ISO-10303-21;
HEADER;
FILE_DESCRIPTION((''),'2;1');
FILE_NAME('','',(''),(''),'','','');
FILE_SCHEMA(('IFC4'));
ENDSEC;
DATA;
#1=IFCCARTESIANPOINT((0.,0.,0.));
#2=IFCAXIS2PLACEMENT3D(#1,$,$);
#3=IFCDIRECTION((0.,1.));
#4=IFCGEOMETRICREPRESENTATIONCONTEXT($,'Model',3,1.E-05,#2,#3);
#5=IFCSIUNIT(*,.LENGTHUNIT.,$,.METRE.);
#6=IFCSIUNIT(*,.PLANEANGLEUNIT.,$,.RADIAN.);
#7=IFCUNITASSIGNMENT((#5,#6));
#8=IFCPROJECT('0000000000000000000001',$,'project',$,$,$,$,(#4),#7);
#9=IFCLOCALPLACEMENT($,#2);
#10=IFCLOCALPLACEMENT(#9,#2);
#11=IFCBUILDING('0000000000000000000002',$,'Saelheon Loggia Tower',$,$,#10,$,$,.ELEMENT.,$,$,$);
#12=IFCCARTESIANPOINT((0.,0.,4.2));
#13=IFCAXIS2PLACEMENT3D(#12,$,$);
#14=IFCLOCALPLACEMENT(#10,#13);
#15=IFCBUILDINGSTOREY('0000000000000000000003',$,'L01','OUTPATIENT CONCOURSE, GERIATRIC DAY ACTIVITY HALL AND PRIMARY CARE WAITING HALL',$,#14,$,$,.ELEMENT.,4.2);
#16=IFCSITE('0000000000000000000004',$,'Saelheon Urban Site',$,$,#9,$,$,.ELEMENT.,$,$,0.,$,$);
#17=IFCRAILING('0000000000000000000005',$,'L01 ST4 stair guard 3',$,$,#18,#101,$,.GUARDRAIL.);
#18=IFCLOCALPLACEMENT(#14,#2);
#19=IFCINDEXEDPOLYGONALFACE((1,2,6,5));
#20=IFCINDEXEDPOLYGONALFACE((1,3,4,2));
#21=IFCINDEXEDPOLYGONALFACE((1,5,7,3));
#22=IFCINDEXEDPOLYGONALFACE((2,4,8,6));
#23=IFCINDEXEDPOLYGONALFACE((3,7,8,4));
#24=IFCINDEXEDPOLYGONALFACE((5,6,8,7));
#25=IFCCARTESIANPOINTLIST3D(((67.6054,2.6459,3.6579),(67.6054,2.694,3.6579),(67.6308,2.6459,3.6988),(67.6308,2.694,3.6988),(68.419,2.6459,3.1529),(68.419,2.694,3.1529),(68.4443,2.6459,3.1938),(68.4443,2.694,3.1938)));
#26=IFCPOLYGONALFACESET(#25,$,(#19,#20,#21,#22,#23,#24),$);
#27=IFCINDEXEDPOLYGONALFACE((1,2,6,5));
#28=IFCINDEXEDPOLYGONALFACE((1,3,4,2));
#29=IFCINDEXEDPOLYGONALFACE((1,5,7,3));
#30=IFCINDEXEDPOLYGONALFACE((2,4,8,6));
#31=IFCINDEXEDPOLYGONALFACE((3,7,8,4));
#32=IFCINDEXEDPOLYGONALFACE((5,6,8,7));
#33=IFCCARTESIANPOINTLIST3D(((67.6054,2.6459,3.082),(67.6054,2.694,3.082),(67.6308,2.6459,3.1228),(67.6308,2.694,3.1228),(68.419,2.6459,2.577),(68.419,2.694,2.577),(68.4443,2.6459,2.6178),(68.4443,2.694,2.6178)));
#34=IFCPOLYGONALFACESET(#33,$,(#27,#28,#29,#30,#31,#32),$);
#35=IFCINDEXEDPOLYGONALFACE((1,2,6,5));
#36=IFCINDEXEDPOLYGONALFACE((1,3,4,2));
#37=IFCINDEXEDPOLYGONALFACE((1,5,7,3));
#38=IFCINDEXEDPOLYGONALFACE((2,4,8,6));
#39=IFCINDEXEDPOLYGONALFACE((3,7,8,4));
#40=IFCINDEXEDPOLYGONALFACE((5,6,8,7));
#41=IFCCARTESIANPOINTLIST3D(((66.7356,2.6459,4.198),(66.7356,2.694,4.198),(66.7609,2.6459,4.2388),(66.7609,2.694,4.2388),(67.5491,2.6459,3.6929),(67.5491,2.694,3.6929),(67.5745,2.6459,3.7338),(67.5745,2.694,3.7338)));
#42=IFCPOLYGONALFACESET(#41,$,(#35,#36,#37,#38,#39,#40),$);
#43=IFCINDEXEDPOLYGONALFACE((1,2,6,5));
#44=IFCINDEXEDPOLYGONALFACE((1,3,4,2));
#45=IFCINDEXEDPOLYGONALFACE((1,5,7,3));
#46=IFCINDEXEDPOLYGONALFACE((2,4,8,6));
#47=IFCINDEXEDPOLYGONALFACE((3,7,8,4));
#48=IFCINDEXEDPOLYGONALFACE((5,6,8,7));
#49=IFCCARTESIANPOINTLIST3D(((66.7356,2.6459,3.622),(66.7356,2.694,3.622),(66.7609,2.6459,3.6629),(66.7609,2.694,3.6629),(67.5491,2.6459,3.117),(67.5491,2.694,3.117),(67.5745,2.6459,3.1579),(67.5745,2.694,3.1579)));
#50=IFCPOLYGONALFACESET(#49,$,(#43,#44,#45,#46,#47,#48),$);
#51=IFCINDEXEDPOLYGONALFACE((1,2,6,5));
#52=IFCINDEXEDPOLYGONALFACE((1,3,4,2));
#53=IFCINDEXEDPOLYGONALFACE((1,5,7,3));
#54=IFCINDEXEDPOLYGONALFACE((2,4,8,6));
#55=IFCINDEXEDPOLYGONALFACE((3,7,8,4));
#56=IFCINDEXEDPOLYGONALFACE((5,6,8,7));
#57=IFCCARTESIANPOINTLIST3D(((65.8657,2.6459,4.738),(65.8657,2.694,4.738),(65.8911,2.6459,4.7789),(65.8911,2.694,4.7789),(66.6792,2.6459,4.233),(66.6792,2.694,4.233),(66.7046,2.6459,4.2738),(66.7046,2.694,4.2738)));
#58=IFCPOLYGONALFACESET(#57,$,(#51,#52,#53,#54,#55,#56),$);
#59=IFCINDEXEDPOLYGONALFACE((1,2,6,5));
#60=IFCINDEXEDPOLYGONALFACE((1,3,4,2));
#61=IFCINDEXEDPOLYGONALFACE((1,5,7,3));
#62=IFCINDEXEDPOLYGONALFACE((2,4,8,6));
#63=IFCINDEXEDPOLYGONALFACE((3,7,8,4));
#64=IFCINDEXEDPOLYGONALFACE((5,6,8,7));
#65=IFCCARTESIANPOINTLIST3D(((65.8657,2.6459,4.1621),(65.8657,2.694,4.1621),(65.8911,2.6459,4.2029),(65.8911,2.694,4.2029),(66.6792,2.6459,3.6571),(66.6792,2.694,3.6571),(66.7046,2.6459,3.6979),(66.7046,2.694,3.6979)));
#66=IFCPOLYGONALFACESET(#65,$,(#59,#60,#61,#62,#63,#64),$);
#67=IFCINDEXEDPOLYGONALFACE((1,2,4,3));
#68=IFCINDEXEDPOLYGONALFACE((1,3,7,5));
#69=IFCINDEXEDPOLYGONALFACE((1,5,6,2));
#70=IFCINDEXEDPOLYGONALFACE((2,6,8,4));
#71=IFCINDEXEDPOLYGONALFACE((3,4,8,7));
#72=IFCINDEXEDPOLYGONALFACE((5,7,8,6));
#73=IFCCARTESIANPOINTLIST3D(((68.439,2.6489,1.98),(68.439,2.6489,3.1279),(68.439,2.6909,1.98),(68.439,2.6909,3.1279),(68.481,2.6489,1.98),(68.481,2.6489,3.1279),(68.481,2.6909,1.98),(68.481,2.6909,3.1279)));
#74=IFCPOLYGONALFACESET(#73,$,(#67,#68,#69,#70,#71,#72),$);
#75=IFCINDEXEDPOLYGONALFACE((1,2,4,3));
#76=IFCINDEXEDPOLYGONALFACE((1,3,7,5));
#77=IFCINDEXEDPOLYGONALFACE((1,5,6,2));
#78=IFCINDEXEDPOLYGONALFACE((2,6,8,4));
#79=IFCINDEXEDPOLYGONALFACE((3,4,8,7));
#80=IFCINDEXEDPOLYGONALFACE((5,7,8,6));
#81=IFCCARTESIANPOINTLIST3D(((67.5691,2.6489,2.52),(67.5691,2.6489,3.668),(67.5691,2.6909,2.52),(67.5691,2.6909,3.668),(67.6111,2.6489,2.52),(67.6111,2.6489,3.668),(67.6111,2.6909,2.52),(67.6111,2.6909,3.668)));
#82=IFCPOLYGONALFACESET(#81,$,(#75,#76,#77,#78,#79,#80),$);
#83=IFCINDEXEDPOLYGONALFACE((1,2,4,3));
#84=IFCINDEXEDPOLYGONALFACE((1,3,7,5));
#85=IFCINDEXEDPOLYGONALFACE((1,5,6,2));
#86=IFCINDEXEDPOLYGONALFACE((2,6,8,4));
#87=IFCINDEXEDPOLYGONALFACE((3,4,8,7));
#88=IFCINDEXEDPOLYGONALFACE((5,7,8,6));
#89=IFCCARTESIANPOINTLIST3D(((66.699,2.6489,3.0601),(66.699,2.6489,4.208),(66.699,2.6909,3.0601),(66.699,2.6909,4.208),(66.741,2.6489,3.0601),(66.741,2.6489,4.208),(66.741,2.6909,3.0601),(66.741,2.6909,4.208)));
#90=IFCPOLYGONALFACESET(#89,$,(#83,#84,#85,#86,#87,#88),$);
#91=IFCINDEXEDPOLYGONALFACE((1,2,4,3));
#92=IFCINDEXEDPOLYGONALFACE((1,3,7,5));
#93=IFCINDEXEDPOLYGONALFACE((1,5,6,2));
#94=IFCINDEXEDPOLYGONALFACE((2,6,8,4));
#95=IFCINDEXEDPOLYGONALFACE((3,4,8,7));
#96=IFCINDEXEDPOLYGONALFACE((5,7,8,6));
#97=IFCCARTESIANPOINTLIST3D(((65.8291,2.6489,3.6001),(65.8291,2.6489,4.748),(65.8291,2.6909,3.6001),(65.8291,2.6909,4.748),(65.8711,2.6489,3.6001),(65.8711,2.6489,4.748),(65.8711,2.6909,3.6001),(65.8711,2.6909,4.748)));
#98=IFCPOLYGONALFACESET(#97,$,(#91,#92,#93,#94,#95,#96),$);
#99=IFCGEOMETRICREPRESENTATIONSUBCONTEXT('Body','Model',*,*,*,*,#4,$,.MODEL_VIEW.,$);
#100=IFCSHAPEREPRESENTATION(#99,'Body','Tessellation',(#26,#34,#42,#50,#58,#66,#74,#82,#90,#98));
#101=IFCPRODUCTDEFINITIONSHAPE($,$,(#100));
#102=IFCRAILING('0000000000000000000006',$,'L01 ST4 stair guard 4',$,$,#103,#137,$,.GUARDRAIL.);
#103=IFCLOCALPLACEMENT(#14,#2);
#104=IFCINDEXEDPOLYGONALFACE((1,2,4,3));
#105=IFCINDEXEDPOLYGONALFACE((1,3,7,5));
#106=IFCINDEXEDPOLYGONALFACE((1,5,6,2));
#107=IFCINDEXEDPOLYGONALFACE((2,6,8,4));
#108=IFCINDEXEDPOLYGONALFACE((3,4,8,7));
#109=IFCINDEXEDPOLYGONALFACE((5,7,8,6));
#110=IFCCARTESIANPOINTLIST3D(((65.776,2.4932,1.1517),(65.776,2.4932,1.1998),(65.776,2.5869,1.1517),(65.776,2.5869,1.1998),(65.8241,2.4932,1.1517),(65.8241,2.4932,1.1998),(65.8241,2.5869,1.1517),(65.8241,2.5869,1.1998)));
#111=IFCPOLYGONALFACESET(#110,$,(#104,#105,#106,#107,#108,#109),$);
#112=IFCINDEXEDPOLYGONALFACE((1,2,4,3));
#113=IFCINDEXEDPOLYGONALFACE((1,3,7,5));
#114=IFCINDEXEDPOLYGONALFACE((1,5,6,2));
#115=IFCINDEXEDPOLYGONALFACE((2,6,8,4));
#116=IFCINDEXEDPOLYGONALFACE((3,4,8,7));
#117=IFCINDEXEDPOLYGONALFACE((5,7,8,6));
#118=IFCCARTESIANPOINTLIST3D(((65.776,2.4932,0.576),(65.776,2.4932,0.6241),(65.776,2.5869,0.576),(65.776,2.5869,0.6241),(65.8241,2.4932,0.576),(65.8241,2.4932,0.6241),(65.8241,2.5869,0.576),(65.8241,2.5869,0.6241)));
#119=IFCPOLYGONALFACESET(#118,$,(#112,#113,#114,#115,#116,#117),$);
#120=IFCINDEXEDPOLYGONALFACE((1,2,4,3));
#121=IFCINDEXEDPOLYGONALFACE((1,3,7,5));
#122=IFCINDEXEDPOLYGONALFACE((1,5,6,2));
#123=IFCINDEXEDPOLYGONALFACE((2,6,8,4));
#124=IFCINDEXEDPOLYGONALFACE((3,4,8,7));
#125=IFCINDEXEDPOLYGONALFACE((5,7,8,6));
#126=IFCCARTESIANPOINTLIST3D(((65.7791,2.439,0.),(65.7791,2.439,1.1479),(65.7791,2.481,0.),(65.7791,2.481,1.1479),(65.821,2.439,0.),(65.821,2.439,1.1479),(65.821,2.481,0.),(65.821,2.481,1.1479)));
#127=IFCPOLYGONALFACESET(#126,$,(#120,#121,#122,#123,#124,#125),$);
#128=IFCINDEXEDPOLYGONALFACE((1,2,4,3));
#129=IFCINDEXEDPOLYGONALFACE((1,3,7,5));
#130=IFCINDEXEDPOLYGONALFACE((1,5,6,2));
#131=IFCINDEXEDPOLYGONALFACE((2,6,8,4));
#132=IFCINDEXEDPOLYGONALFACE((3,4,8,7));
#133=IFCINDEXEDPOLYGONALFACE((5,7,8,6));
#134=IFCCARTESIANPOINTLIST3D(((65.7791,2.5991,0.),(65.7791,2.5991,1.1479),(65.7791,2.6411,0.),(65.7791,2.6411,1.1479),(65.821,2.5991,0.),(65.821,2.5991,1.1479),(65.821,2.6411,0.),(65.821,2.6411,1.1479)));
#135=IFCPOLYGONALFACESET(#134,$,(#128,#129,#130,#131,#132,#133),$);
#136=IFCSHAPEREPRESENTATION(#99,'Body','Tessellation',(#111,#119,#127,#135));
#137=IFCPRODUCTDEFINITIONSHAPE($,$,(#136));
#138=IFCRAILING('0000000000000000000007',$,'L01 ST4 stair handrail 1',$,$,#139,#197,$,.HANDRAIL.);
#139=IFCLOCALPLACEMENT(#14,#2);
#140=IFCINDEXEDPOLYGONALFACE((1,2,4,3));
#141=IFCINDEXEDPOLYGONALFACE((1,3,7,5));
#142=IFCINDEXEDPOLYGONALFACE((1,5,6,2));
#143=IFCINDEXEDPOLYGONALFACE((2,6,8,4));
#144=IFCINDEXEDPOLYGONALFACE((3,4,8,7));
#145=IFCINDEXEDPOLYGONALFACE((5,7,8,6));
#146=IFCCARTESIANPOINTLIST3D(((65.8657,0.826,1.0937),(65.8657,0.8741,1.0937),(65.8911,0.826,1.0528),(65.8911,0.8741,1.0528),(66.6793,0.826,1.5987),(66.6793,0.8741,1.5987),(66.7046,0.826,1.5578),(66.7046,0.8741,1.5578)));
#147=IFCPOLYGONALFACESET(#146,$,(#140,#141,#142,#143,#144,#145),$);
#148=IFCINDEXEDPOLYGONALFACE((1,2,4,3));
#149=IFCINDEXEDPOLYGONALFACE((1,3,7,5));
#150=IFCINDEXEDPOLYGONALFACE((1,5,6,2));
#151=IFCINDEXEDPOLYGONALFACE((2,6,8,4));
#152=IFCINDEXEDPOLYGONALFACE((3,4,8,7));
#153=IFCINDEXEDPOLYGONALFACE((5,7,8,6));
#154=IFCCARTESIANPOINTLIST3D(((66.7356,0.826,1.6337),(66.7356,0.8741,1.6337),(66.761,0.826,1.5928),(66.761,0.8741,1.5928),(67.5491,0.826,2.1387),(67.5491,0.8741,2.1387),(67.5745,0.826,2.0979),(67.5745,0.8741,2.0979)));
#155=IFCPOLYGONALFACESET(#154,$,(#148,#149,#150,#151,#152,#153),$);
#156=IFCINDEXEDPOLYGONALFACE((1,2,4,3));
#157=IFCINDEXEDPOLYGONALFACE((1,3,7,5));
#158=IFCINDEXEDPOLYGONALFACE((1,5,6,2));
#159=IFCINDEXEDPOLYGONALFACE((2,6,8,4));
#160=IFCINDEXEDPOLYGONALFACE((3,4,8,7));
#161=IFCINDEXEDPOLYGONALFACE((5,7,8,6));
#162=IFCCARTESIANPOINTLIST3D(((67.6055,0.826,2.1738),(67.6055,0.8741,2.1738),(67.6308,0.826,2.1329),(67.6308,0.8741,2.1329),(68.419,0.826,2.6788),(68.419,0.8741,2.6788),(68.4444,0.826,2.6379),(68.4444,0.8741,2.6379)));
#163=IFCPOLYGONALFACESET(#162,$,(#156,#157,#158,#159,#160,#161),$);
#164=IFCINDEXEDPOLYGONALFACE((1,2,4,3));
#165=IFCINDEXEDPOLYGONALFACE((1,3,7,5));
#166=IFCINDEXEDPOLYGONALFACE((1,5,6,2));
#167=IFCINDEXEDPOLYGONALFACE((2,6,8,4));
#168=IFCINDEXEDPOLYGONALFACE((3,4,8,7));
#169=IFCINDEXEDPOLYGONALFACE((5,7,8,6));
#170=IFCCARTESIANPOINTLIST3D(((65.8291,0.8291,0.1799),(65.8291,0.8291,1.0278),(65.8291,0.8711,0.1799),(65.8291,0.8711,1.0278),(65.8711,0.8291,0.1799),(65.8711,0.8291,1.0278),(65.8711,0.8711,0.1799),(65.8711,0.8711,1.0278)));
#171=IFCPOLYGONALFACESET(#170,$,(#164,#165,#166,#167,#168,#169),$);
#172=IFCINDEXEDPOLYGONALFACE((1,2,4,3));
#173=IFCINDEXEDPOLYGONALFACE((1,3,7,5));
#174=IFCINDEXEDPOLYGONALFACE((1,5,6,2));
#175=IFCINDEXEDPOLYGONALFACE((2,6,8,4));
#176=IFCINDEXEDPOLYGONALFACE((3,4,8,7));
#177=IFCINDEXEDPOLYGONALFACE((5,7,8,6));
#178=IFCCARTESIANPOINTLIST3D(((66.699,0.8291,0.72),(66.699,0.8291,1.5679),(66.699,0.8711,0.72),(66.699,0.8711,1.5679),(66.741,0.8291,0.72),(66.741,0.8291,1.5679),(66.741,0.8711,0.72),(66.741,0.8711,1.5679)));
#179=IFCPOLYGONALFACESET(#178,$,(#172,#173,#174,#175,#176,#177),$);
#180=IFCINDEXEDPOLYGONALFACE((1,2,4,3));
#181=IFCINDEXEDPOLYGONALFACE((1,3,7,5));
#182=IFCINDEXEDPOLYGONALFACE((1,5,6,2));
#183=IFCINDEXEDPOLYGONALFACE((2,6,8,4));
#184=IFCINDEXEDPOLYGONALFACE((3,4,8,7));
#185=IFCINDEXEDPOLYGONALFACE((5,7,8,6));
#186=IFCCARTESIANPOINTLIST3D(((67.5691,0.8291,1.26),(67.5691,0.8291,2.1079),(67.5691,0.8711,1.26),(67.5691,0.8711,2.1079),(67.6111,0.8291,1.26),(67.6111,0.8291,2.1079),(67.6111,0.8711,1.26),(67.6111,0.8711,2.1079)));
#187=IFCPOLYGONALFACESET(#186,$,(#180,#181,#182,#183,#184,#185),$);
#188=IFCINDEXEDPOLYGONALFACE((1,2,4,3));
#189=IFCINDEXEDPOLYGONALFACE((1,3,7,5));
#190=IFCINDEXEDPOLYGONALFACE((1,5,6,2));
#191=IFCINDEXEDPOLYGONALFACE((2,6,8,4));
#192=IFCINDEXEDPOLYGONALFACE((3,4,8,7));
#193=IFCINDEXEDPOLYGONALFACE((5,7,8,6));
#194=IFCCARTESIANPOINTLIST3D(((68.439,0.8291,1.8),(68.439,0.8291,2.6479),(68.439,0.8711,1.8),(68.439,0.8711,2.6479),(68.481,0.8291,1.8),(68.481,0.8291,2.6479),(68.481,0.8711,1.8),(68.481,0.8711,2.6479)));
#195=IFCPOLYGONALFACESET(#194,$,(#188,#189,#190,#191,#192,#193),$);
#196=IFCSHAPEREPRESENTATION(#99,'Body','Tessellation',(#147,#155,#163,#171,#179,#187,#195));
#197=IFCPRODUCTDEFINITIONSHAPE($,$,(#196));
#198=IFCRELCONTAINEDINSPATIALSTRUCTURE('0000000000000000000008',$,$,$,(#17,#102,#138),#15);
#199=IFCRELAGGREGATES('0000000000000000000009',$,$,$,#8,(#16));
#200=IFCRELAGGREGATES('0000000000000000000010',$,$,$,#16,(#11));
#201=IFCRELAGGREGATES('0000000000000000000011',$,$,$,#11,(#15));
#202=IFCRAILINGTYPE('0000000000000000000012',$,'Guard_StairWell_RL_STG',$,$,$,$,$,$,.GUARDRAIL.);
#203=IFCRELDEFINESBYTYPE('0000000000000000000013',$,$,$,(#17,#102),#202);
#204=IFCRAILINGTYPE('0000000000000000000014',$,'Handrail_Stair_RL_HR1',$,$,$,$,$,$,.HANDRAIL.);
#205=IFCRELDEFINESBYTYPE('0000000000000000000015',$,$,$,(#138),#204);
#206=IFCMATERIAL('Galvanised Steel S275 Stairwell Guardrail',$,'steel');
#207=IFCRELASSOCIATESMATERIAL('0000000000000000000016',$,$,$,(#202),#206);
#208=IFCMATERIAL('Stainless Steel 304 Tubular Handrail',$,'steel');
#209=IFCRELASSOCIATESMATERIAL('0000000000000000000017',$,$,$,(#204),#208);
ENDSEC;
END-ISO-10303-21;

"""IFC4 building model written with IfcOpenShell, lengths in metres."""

from ifc_helpers import new_model, si_unit, direction, frame, origin, origin_2d, place, context, subcontext, project, spatial, rectangle, extrude, material, type_object, element, save


model = new_model("IFC4")

# Units and contexts
model_context = context("Model", 3, precision=1e-05, world=origin(), true_north=direction((0.0, 1.0)))
body_context = subcontext(model_context, "Body", "Model", "MODEL_VIEW")
ifc_project = project(units=[si_unit("LENGTHUNIT", "METRE"), si_unit("PLANEANGLEUNIT", "RADIAN")], contexts=[model_context])

# Site, building, storey
site_placement = place(None, origin())
site = spatial("IfcSite", under=ifc_project, at=site_placement, Name="Saelheon Urban Site", CompositionType="ELEMENT", RefElevation=0.0)
building_placement = place(site_placement, origin())
building = spatial("IfcBuilding", under=site, at=building_placement, Name="Saelheon Loggia Tower", CompositionType="ELEMENT")
storey_placement = place(building_placement, frame((0.0, 0.0, 4.2)))
storey = spatial("IfcBuildingStorey", under=building, at=storey_placement, Name="L01", Description="OUTPATIENT CONCOURSE, GERIATRIC DAY ACTIVITY HALL AND PRIMARY CARE WAITING HALL", CompositionType="ELEMENT", Elevation=4.2)

# Railings
ifc_material_1 = material(Name="Galvanised Steel S275 Stairwell Guardrail", Category="steel")
railing_type_1 = type_object("IfcRailingType", Name="Guard_StairWell_RL_STG", PredefinedType="GUARDRAIL", material=ifc_material_1)
railing_1_placement = place(storey_placement, frame((68.46, 2.6699, 1.98)))
element("IfcRailing", 1, at=railing_1_placement, inside=storey, type_object=railing_type_1, Name="L01 ST4 stair guard 3", PredefinedType="GUARDRAIL", context=body_context, shape_type="SweptSolid", body=[
    extrude(rectangle(XDim=0.0481, YDim=0.0481, at=origin_2d()), frame((-0.0283, 0.0, 1.1934), z_axis=(-0.849611, 0.0, 0.52741), x_axis=(0.0, -1.0, 0.0)), (0.0, 0.0, 1.0), 0.9575),
    extrude(rectangle(XDim=0.0481, YDim=0.0481, at=origin_2d()), frame((-0.0283, 0.0, 0.6174), z_axis=(-0.849611, 0.0, 0.52741), x_axis=(0.0, -1.0, 0.0)), (0.0, 0.0, 1.0), 0.9575),
    extrude(rectangle(XDim=0.0481, YDim=0.0481, at=origin_2d()), frame((-0.8982, 0.0, 1.7334), z_axis=(-0.849611, 0.0, 0.52741), x_axis=(0.0, -1.0, 0.0)), (0.0, 0.0, 1.0), 0.9575),
    extrude(rectangle(XDim=0.0481, YDim=0.0481, at=origin_2d()), frame((-0.8982, 0.0, 1.1575), z_axis=(-0.849611, 0.0, 0.52741), x_axis=(0.0, -1.0, 0.0)), (0.0, 0.0, 1.0), 0.9575),
    extrude(rectangle(XDim=0.0481, YDim=0.0481, at=origin_2d()), frame((-1.7681, 0.0, 2.2734), z_axis=(-0.849611, 0.0, 0.52741), x_axis=(0.0, -1.0, 0.0)), (0.0, 0.0, 1.0), 0.9575),
    extrude(rectangle(XDim=0.0481, YDim=0.0481, at=origin_2d()), frame((-1.7681, 0.0, 1.6975), z_axis=(-0.849611, 0.0, 0.52741), x_axis=(0.0, -1.0, 0.0)), (0.0, 0.0, 1.0), 0.9575),
    extrude(rectangle(XDim=0.042, YDim=0.042, at=origin_2d()), origin(), (0.0, 0.0, 1.0), 1.1479),
    extrude(rectangle(XDim=0.042, YDim=0.042, at=origin_2d()), frame((-0.8699, 0.0, 0.54)), (0.0, 0.0, 1.0), 1.1479),
    extrude(rectangle(XDim=0.042, YDim=0.042, at=origin_2d()), frame((-1.74, 0.0, 1.0801)), (0.0, 0.0, 1.0), 1.1479),
    extrude(rectangle(XDim=0.042, YDim=0.042, at=origin_2d()), frame((-2.6099, 0.0, 1.6201)), (0.0, 0.0, 1.0), 1.1479),
])
railing_2_placement = place(storey_placement, frame((65.8, 2.46, 0.0)))
element("IfcRailing", 2, at=railing_2_placement, inside=storey, type_object=railing_type_1, Name="L01 ST4 stair guard 4", PredefinedType="GUARDRAIL", context=body_context, shape_type="SweptSolid", body=[
    extrude(rectangle(XDim=0.0481, YDim=0.0481, at=origin_2d()), frame((0.0, 0.0332, 1.1758), z_axis=(0.0, 1.0, 0.0), x_axis=(-1.0, 0.0, 0.0)), (0.0, 0.0, 1.0), 0.0938),
    extrude(rectangle(XDim=0.0481, YDim=0.0481, at=origin_2d()), frame((0.0, 0.0332, 0.6001), z_axis=(0.0, 1.0, 0.0), x_axis=(-1.0, 0.0, 0.0)), (0.0, 0.0, 1.0), 0.0938),
    extrude(rectangle(XDim=0.042, YDim=0.042, at=origin_2d()), origin(), (0.0, 0.0, 1.0), 1.1479),
    extrude(rectangle(XDim=0.042, YDim=0.042, at=origin_2d()), frame((0.0, 0.1602, 0.0)), (0.0, 0.0, 1.0), 1.1479),
])
ifc_material_2 = material(Name="Stainless Steel 304 Tubular Handrail", Category="steel")
railing_type_2 = type_object("IfcRailingType", Name="Handrail_Stair_RL_HR1", PredefinedType="HANDRAIL", material=ifc_material_2)
railing_3_placement = place(storey_placement, frame((65.8501, 0.8501, 0.1799)))
element("IfcRailing", 3, at=railing_3_placement, inside=storey, type_object=railing_type_2, Name="L01 ST4 stair handrail 1", PredefinedType="HANDRAIL", context=body_context, shape_type="SweptSolid", body=[
    extrude(rectangle(XDim=0.0481, YDim=0.0481, at=origin_2d()), frame((0.0283, 0.0, 0.8933), z_axis=(0.849611, 0.0, 0.52741), x_axis=(0.0, 1.0, 0.0)), (0.0, 0.0, 1.0), 0.9575),
    extrude(rectangle(XDim=0.0481, YDim=0.0481, at=origin_2d()), frame((0.8982, 0.0, 1.4333), z_axis=(0.849611, 0.0, 0.52741), x_axis=(0.0, 1.0, 0.0)), (0.0, 0.0, 1.0), 0.9575),
    extrude(rectangle(XDim=0.0481, YDim=0.0481, at=origin_2d()), frame((1.7681, 0.0, 1.9734), z_axis=(0.849611, 0.0, 0.52741), x_axis=(0.0, 1.0, 0.0)), (0.0, 0.0, 1.0), 0.9575),
    extrude(rectangle(XDim=0.042, YDim=0.042, at=origin_2d()), origin(), (0.0, 0.0, 1.0), 0.8479),
    extrude(rectangle(XDim=0.042, YDim=0.042, at=origin_2d()), frame((0.8699, 0.0, 0.54)), (0.0, 0.0, 1.0), 0.8479),
    extrude(rectangle(XDim=0.042, YDim=0.042, at=origin_2d()), frame((1.74, 0.0, 1.0801)), (0.0, 0.0, 1.0), 0.8479),
    extrude(rectangle(XDim=0.042, YDim=0.042, at=origin_2d()), frame((2.6099, 0.0, 1.6201)), (0.0, 0.0, 1.0), 0.8479),
])

save(model, "model.ifc")
